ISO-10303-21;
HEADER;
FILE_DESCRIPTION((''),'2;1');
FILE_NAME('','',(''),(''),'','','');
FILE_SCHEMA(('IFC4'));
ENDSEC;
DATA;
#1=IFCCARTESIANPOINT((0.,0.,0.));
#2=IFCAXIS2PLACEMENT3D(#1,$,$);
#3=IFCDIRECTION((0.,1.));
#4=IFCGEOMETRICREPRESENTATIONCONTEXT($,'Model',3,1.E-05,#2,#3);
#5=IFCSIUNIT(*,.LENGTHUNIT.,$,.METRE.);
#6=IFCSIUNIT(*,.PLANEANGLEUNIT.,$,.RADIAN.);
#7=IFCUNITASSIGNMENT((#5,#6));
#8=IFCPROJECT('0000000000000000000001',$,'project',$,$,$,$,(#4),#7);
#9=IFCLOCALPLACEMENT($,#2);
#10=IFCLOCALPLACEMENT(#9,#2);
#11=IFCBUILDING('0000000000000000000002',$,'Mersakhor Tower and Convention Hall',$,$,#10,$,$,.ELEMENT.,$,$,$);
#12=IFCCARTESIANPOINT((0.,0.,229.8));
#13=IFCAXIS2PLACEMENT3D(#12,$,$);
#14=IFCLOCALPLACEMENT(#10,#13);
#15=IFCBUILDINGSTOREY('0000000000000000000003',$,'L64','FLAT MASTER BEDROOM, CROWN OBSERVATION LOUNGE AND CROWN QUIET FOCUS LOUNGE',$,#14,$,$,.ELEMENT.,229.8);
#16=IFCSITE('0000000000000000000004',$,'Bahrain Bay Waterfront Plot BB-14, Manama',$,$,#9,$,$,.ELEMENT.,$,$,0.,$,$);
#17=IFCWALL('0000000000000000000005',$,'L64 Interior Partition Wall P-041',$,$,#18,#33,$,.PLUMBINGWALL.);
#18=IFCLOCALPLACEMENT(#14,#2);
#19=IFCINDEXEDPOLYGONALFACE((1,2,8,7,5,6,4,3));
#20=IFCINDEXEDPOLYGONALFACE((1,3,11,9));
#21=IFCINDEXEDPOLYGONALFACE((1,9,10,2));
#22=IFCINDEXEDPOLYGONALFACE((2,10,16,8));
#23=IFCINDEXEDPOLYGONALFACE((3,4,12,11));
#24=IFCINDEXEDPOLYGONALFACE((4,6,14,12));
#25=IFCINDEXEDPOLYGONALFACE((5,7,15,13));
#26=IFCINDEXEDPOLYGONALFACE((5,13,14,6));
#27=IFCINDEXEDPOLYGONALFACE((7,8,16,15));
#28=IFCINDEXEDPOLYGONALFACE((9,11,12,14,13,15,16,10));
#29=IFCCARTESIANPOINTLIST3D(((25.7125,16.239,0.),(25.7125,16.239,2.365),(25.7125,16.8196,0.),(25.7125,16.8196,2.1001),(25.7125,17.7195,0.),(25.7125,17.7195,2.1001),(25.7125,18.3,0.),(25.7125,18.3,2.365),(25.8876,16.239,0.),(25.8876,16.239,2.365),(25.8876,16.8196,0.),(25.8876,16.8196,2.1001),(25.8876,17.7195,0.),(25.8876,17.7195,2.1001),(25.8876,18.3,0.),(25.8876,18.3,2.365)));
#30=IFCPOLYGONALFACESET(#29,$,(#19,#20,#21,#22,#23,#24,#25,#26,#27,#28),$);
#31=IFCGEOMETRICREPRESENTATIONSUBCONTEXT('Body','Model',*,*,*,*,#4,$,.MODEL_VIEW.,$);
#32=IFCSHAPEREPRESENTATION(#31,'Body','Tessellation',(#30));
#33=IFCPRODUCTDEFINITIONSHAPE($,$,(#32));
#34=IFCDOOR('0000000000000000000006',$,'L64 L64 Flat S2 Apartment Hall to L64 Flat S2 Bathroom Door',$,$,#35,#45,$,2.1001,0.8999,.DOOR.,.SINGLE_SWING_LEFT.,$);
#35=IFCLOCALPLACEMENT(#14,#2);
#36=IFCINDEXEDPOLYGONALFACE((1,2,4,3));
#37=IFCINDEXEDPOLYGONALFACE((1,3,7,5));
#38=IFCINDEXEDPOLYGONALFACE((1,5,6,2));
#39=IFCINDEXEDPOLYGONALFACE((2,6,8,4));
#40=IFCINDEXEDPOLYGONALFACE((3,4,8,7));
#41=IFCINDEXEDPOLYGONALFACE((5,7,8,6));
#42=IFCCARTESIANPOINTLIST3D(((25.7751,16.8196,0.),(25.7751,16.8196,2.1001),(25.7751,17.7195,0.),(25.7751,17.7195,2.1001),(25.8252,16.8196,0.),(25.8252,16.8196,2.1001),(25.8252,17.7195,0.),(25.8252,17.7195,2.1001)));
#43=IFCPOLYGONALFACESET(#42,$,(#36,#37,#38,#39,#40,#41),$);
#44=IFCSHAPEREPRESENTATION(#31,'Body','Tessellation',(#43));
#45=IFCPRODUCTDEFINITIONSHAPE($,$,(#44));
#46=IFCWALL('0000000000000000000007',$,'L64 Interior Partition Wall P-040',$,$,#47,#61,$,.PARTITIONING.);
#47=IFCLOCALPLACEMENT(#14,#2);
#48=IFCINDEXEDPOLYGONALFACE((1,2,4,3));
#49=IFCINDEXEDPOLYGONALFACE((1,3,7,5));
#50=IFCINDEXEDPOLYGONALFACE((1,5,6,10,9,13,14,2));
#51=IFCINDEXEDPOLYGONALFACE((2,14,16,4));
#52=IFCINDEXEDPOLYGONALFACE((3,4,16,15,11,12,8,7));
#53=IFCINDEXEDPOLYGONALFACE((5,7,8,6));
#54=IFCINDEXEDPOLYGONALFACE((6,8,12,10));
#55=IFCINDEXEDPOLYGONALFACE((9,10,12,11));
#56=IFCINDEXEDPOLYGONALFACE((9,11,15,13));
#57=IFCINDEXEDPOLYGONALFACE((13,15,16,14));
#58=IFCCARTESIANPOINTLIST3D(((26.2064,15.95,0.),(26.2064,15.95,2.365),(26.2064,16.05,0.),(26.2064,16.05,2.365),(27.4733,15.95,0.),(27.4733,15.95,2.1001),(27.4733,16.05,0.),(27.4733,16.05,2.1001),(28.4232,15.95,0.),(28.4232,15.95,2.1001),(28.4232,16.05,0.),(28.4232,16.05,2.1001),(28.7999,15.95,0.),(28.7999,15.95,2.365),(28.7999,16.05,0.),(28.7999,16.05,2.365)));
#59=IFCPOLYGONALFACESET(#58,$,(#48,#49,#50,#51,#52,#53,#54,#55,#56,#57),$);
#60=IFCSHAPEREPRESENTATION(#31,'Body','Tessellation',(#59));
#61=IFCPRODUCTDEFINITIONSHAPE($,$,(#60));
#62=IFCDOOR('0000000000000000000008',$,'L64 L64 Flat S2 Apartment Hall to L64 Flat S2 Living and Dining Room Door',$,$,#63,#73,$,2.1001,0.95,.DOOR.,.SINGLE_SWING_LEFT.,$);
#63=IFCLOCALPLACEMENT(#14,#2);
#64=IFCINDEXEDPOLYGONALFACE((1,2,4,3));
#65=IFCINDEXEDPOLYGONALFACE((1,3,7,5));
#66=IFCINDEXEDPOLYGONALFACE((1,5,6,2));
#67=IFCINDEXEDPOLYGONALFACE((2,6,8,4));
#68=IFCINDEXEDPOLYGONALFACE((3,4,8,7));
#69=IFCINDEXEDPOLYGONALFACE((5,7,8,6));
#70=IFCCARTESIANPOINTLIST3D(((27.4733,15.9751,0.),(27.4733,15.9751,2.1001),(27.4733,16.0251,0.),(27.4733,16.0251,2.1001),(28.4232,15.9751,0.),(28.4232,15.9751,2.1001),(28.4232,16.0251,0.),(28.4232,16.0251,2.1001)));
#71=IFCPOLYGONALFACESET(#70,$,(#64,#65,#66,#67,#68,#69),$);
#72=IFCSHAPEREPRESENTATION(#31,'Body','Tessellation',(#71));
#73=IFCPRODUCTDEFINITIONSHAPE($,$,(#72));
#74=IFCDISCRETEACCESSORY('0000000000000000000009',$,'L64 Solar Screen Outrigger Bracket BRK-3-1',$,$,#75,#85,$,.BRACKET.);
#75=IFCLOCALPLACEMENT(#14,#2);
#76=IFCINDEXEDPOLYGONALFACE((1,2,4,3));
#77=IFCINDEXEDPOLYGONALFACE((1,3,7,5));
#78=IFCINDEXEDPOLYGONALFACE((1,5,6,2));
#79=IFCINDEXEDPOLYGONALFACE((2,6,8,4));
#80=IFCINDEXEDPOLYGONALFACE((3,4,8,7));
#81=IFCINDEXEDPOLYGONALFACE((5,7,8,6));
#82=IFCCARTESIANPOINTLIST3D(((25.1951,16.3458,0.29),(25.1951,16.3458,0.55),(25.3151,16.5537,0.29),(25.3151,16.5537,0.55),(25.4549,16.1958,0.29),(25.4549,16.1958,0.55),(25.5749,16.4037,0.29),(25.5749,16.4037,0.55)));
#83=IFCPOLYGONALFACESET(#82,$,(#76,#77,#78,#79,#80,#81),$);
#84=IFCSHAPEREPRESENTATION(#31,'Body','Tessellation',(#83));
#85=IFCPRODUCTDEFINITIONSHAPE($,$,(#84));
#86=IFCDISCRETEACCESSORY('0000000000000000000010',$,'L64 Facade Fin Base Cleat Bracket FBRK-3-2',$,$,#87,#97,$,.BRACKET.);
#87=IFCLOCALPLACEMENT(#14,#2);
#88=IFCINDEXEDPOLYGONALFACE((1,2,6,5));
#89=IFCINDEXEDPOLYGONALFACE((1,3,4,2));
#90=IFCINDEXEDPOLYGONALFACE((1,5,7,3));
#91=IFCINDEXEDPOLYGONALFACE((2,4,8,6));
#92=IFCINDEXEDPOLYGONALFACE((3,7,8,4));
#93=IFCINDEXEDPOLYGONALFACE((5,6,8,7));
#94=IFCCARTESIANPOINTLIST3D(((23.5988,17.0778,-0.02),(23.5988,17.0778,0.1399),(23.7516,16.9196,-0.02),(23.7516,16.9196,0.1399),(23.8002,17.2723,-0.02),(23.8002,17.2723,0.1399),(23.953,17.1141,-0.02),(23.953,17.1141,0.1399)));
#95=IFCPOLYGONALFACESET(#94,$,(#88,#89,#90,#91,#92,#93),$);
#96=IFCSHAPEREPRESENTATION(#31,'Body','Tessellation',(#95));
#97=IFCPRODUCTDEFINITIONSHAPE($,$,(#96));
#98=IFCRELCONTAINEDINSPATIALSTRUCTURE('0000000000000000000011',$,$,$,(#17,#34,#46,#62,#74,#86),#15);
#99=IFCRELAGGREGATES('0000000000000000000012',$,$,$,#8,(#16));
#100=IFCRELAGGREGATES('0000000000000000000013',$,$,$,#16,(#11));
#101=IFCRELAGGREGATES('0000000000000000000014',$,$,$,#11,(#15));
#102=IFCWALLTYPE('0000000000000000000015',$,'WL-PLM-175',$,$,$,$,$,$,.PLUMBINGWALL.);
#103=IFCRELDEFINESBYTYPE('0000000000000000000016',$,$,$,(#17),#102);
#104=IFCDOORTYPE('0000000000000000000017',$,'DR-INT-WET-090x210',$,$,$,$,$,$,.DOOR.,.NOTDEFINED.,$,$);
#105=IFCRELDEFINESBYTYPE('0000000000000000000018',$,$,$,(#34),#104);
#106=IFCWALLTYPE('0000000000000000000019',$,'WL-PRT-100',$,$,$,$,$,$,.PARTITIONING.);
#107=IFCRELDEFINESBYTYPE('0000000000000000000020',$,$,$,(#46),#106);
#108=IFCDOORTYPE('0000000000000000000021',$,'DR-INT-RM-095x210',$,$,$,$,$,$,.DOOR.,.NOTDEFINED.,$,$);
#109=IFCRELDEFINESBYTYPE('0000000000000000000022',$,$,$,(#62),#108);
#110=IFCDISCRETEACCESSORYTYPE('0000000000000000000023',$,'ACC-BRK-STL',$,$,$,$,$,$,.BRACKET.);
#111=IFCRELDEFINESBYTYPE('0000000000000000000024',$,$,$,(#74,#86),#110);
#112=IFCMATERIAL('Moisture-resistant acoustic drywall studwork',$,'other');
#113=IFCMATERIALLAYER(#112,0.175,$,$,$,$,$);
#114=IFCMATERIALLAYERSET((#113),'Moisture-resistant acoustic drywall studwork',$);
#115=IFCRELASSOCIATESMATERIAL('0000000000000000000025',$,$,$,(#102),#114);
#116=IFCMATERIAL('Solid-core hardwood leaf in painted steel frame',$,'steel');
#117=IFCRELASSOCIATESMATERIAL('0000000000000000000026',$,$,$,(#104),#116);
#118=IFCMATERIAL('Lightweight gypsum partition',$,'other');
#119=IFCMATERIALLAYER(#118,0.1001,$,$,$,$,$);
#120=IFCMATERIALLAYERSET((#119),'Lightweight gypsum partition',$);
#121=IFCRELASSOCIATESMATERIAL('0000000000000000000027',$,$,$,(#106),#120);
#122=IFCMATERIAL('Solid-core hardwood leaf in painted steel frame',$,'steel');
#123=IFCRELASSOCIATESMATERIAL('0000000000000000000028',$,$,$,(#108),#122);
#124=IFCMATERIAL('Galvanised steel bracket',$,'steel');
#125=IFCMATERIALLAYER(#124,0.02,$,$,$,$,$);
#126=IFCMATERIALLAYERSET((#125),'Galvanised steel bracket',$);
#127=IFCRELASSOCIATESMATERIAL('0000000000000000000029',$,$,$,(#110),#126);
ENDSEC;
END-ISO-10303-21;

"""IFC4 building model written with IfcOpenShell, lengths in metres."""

from ifc_helpers import new_model, si_unit, direction, frame, frame_2d, origin, origin_2d, place, context, subcontext, project, spatial, rectangle, extrude, material, layer, layer_set, type_object, element, fill, save


model = new_model("IFC4")

# Units and contexts
model_context = context("Model", 3, precision=1e-05, world=origin(), true_north=direction((0.0, 1.0)))
body_context = subcontext(model_context, "Body", "Model", "MODEL_VIEW")
ifc_project = project(units=[si_unit("LENGTHUNIT", "METRE"), si_unit("PLANEANGLEUNIT", "RADIAN")], contexts=[model_context])

# Site, building, storey
site_placement = place(None, origin())
site = spatial("IfcSite", under=ifc_project, at=site_placement, Name="Bahrain Bay Waterfront Plot BB-14, Manama", CompositionType="ELEMENT", RefElevation=0.0)
building_placement = place(site_placement, origin())
building = spatial("IfcBuilding", under=site, at=building_placement, Name="Mersakhor Tower and Convention Hall", CompositionType="ELEMENT")
storey_placement = place(building_placement, frame((0.0, 0.0, 229.8)))
storey = spatial("IfcBuildingStorey", under=building, at=storey_placement, Name="L64", Description="FLAT MASTER BEDROOM, CROWN OBSERVATION LOUNGE AND CROWN QUIET FOCUS LOUNGE", CompositionType="ELEMENT", Elevation=229.8)

# Walls, openings, doors
ifc_material_1 = material(Name="Moisture-resistant acoustic drywall studwork", Category="other")
ifc_layer_1 = layer(ifc_material_1, 0.175)
ifc_layer_set_1 = layer_set([ifc_layer_1], Name="Moisture-resistant acoustic drywall studwork")
wall_type_1 = type_object("IfcWallType", Name="WL-PLM-175", PredefinedType="PLUMBINGWALL", material=ifc_layer_set_1)
wall_1_placement = place(storey_placement, frame((25.8, 16.239, 0.0), z_axis=(0.0, 0.0, 1.0), x_axis=(0.0, 1.0, 0.0)))
wall_1 = element("IfcWall", 1, at=wall_1_placement, inside=storey, type_object=wall_type_1, Name="L64 Interior Partition Wall P-041", PredefinedType="PLUMBINGWALL", context=body_context, shape_type="SweptSolid", body=[
    extrude(rectangle(XDim=2.061, YDim=0.175, at=frame_2d((1.0305, 0.0))), origin(), (0.0, 0.0, 1.0), 2.365),
])
opening_1_placement = place(wall_1_placement, frame((0.5806, 0.0, 0.0)))
opening_1 = element("IfcOpeningElement", 2, at=opening_1_placement, cuts=wall_1, PredefinedType="OPENING", context=body_context, shape_type="SweptSolid", body=[
    extrude(rectangle(XDim=0.8999, YDim=2.1001, at=frame_2d((0.45, 1.05))), frame((0.0, 0.0974, 0.0), z_axis=(0.0, -1.0, 0.0), x_axis=(1.0, 0.0, 0.0)), (0.0, 0.0, 1.0), 0.1951),
])
ifc_material_2 = material(Name="Solid-core hardwood leaf in painted steel frame", Category="steel")
door_type_1 = type_object("IfcDoorType", Name="DR-INT-WET-090x210", OperationType="NOTDEFINED", PredefinedType="DOOR", material=ifc_material_2)
door_1_placement = place(opening_1_placement, origin())
door_1 = element("IfcDoor", 3, at=door_1_placement, inside=storey, type_object=door_type_1, Name="L64 L64 Flat S2 Apartment Hall to L64 Flat S2 Bathroom Door", OperationType="SINGLE_SWING_LEFT", OverallHeight=2.1001, OverallWidth=0.8999, PredefinedType="DOOR", context=body_context, shape_type="SweptSolid", body=[
    extrude(rectangle(XDim=0.8999, YDim=2.1001, at=frame_2d((0.45, 1.05))), frame((0.0, 0.0249, 0.0), z_axis=(0.0, -1.0, 0.0), x_axis=(1.0, 0.0, 0.0)), (0.0, 0.0, 1.0), 0.05),
])
fill(opening_1, door_1)
ifc_material_3 = material(Name="Lightweight gypsum partition", Category="other")
ifc_layer_2 = layer(ifc_material_3, 0.1001)
ifc_layer_set_2 = layer_set([ifc_layer_2], Name="Lightweight gypsum partition")
wall_type_2 = type_object("IfcWallType", Name="WL-PRT-100", PredefinedType="PARTITIONING", material=ifc_layer_set_2)
wall_2_placement = place(storey_placement, frame((28.8, 16.0, 0.0), z_axis=(0.0, 0.0, 1.0), x_axis=(-1.0, 0.0, 0.0)))
wall_2 = element("IfcWall", 4, at=wall_2_placement, inside=storey, type_object=wall_type_2, Name="L64 Interior Partition Wall P-040", PredefinedType="PARTITIONING", context=body_context, shape_type="SweptSolid", body=[
    extrude(rectangle(XDim=2.5935, YDim=0.1001, at=frame_2d((1.2969, 0.0))), origin(), (0.0, 0.0, 1.0), 2.365),
])
opening_2_placement = place(wall_2_placement, frame((0.3767, 0.0, 0.0)))
opening_2 = element("IfcOpeningElement", 5, at=opening_2_placement, cuts=wall_2, PredefinedType="OPENING", context=body_context, shape_type="SweptSolid", body=[
    extrude(rectangle(XDim=0.95, YDim=2.1001, at=frame_2d((0.4751, 1.05))), frame((0.0, 0.0601, 0.0), z_axis=(0.0, -1.0, 0.0), x_axis=(1.0, 0.0, 0.0)), (0.0, 0.0, 1.0), 0.1201),
])
ifc_material_4 = material(Name="Solid-core hardwood leaf in painted steel frame", Category="steel")
door_type_2 = type_object("IfcDoorType", Name="DR-INT-RM-095x210", OperationType="NOTDEFINED", PredefinedType="DOOR", material=ifc_material_4)
door_2_placement = place(opening_2_placement, origin())
door_2 = element("IfcDoor", 6, at=door_2_placement, inside=storey, type_object=door_type_2, Name="L64 L64 Flat S2 Apartment Hall to L64 Flat S2 Living and Dining Room Door", OperationType="SINGLE_SWING_LEFT", OverallHeight=2.1001, OverallWidth=0.95, PredefinedType="DOOR", context=body_context, shape_type="SweptSolid", body=[
    extrude(rectangle(XDim=0.95, YDim=2.1001, at=frame_2d((0.4751, 1.05))), frame((0.0, 0.0249, 0.0), z_axis=(0.0, -1.0, 0.0), x_axis=(1.0, 0.0, 0.0)), (0.0, 0.0, 1.0), 0.05),
])
fill(opening_2, door_2)

# Discrete accessories
ifc_material_5 = material(Name="Galvanised steel bracket", Category="steel")
ifc_layer_3 = layer(ifc_material_5, 0.02)
ifc_layer_set_3 = layer_set([ifc_layer_3], Name="Galvanised steel bracket")
discrete_accessory_type = type_object("IfcDiscreteAccessoryType", Name="ACC-BRK-STL", PredefinedType="BRACKET", material=ifc_layer_set_3)
discrete_accessory_1_placement = place(storey_placement, frame((25.385, 16.3748, 0.29), z_axis=(0.0, 0.0, 1.0), x_axis=(-0.866025, 0.5, 0.0)))
element("IfcDiscreteAccessory", 7, at=discrete_accessory_1_placement, inside=storey, type_object=discrete_accessory_type, Name="L64 Solar Screen Outrigger Bracket BRK-3-1", PredefinedType="BRACKET", context=body_context, shape_type="SweptSolid", body=[
    extrude(rectangle(XDim=0.3, YDim=0.24, at=origin_2d()), origin(), (0.0, 0.0, 1.0), 0.26),
])
discrete_accessory_2_placement = place(storey_placement, frame((23.7759, 17.0959, -0.02), z_axis=(0.0, 0.0, 1.0), x_axis=(-0.71934, -0.694658, 0.0)))
element("IfcDiscreteAccessory", 8, at=discrete_accessory_2_placement, inside=storey, type_object=discrete_accessory_type, Name="L64 Facade Fin Base Cleat Bracket FBRK-3-2", PredefinedType="BRACKET", context=body_context, shape_type="SweptSolid", body=[
    extrude(rectangle(XDim=0.28, YDim=0.22, at=origin_2d()), origin(), (0.0, 0.0, 1.0), 0.1599),
])

save(model, "model.ifc")
